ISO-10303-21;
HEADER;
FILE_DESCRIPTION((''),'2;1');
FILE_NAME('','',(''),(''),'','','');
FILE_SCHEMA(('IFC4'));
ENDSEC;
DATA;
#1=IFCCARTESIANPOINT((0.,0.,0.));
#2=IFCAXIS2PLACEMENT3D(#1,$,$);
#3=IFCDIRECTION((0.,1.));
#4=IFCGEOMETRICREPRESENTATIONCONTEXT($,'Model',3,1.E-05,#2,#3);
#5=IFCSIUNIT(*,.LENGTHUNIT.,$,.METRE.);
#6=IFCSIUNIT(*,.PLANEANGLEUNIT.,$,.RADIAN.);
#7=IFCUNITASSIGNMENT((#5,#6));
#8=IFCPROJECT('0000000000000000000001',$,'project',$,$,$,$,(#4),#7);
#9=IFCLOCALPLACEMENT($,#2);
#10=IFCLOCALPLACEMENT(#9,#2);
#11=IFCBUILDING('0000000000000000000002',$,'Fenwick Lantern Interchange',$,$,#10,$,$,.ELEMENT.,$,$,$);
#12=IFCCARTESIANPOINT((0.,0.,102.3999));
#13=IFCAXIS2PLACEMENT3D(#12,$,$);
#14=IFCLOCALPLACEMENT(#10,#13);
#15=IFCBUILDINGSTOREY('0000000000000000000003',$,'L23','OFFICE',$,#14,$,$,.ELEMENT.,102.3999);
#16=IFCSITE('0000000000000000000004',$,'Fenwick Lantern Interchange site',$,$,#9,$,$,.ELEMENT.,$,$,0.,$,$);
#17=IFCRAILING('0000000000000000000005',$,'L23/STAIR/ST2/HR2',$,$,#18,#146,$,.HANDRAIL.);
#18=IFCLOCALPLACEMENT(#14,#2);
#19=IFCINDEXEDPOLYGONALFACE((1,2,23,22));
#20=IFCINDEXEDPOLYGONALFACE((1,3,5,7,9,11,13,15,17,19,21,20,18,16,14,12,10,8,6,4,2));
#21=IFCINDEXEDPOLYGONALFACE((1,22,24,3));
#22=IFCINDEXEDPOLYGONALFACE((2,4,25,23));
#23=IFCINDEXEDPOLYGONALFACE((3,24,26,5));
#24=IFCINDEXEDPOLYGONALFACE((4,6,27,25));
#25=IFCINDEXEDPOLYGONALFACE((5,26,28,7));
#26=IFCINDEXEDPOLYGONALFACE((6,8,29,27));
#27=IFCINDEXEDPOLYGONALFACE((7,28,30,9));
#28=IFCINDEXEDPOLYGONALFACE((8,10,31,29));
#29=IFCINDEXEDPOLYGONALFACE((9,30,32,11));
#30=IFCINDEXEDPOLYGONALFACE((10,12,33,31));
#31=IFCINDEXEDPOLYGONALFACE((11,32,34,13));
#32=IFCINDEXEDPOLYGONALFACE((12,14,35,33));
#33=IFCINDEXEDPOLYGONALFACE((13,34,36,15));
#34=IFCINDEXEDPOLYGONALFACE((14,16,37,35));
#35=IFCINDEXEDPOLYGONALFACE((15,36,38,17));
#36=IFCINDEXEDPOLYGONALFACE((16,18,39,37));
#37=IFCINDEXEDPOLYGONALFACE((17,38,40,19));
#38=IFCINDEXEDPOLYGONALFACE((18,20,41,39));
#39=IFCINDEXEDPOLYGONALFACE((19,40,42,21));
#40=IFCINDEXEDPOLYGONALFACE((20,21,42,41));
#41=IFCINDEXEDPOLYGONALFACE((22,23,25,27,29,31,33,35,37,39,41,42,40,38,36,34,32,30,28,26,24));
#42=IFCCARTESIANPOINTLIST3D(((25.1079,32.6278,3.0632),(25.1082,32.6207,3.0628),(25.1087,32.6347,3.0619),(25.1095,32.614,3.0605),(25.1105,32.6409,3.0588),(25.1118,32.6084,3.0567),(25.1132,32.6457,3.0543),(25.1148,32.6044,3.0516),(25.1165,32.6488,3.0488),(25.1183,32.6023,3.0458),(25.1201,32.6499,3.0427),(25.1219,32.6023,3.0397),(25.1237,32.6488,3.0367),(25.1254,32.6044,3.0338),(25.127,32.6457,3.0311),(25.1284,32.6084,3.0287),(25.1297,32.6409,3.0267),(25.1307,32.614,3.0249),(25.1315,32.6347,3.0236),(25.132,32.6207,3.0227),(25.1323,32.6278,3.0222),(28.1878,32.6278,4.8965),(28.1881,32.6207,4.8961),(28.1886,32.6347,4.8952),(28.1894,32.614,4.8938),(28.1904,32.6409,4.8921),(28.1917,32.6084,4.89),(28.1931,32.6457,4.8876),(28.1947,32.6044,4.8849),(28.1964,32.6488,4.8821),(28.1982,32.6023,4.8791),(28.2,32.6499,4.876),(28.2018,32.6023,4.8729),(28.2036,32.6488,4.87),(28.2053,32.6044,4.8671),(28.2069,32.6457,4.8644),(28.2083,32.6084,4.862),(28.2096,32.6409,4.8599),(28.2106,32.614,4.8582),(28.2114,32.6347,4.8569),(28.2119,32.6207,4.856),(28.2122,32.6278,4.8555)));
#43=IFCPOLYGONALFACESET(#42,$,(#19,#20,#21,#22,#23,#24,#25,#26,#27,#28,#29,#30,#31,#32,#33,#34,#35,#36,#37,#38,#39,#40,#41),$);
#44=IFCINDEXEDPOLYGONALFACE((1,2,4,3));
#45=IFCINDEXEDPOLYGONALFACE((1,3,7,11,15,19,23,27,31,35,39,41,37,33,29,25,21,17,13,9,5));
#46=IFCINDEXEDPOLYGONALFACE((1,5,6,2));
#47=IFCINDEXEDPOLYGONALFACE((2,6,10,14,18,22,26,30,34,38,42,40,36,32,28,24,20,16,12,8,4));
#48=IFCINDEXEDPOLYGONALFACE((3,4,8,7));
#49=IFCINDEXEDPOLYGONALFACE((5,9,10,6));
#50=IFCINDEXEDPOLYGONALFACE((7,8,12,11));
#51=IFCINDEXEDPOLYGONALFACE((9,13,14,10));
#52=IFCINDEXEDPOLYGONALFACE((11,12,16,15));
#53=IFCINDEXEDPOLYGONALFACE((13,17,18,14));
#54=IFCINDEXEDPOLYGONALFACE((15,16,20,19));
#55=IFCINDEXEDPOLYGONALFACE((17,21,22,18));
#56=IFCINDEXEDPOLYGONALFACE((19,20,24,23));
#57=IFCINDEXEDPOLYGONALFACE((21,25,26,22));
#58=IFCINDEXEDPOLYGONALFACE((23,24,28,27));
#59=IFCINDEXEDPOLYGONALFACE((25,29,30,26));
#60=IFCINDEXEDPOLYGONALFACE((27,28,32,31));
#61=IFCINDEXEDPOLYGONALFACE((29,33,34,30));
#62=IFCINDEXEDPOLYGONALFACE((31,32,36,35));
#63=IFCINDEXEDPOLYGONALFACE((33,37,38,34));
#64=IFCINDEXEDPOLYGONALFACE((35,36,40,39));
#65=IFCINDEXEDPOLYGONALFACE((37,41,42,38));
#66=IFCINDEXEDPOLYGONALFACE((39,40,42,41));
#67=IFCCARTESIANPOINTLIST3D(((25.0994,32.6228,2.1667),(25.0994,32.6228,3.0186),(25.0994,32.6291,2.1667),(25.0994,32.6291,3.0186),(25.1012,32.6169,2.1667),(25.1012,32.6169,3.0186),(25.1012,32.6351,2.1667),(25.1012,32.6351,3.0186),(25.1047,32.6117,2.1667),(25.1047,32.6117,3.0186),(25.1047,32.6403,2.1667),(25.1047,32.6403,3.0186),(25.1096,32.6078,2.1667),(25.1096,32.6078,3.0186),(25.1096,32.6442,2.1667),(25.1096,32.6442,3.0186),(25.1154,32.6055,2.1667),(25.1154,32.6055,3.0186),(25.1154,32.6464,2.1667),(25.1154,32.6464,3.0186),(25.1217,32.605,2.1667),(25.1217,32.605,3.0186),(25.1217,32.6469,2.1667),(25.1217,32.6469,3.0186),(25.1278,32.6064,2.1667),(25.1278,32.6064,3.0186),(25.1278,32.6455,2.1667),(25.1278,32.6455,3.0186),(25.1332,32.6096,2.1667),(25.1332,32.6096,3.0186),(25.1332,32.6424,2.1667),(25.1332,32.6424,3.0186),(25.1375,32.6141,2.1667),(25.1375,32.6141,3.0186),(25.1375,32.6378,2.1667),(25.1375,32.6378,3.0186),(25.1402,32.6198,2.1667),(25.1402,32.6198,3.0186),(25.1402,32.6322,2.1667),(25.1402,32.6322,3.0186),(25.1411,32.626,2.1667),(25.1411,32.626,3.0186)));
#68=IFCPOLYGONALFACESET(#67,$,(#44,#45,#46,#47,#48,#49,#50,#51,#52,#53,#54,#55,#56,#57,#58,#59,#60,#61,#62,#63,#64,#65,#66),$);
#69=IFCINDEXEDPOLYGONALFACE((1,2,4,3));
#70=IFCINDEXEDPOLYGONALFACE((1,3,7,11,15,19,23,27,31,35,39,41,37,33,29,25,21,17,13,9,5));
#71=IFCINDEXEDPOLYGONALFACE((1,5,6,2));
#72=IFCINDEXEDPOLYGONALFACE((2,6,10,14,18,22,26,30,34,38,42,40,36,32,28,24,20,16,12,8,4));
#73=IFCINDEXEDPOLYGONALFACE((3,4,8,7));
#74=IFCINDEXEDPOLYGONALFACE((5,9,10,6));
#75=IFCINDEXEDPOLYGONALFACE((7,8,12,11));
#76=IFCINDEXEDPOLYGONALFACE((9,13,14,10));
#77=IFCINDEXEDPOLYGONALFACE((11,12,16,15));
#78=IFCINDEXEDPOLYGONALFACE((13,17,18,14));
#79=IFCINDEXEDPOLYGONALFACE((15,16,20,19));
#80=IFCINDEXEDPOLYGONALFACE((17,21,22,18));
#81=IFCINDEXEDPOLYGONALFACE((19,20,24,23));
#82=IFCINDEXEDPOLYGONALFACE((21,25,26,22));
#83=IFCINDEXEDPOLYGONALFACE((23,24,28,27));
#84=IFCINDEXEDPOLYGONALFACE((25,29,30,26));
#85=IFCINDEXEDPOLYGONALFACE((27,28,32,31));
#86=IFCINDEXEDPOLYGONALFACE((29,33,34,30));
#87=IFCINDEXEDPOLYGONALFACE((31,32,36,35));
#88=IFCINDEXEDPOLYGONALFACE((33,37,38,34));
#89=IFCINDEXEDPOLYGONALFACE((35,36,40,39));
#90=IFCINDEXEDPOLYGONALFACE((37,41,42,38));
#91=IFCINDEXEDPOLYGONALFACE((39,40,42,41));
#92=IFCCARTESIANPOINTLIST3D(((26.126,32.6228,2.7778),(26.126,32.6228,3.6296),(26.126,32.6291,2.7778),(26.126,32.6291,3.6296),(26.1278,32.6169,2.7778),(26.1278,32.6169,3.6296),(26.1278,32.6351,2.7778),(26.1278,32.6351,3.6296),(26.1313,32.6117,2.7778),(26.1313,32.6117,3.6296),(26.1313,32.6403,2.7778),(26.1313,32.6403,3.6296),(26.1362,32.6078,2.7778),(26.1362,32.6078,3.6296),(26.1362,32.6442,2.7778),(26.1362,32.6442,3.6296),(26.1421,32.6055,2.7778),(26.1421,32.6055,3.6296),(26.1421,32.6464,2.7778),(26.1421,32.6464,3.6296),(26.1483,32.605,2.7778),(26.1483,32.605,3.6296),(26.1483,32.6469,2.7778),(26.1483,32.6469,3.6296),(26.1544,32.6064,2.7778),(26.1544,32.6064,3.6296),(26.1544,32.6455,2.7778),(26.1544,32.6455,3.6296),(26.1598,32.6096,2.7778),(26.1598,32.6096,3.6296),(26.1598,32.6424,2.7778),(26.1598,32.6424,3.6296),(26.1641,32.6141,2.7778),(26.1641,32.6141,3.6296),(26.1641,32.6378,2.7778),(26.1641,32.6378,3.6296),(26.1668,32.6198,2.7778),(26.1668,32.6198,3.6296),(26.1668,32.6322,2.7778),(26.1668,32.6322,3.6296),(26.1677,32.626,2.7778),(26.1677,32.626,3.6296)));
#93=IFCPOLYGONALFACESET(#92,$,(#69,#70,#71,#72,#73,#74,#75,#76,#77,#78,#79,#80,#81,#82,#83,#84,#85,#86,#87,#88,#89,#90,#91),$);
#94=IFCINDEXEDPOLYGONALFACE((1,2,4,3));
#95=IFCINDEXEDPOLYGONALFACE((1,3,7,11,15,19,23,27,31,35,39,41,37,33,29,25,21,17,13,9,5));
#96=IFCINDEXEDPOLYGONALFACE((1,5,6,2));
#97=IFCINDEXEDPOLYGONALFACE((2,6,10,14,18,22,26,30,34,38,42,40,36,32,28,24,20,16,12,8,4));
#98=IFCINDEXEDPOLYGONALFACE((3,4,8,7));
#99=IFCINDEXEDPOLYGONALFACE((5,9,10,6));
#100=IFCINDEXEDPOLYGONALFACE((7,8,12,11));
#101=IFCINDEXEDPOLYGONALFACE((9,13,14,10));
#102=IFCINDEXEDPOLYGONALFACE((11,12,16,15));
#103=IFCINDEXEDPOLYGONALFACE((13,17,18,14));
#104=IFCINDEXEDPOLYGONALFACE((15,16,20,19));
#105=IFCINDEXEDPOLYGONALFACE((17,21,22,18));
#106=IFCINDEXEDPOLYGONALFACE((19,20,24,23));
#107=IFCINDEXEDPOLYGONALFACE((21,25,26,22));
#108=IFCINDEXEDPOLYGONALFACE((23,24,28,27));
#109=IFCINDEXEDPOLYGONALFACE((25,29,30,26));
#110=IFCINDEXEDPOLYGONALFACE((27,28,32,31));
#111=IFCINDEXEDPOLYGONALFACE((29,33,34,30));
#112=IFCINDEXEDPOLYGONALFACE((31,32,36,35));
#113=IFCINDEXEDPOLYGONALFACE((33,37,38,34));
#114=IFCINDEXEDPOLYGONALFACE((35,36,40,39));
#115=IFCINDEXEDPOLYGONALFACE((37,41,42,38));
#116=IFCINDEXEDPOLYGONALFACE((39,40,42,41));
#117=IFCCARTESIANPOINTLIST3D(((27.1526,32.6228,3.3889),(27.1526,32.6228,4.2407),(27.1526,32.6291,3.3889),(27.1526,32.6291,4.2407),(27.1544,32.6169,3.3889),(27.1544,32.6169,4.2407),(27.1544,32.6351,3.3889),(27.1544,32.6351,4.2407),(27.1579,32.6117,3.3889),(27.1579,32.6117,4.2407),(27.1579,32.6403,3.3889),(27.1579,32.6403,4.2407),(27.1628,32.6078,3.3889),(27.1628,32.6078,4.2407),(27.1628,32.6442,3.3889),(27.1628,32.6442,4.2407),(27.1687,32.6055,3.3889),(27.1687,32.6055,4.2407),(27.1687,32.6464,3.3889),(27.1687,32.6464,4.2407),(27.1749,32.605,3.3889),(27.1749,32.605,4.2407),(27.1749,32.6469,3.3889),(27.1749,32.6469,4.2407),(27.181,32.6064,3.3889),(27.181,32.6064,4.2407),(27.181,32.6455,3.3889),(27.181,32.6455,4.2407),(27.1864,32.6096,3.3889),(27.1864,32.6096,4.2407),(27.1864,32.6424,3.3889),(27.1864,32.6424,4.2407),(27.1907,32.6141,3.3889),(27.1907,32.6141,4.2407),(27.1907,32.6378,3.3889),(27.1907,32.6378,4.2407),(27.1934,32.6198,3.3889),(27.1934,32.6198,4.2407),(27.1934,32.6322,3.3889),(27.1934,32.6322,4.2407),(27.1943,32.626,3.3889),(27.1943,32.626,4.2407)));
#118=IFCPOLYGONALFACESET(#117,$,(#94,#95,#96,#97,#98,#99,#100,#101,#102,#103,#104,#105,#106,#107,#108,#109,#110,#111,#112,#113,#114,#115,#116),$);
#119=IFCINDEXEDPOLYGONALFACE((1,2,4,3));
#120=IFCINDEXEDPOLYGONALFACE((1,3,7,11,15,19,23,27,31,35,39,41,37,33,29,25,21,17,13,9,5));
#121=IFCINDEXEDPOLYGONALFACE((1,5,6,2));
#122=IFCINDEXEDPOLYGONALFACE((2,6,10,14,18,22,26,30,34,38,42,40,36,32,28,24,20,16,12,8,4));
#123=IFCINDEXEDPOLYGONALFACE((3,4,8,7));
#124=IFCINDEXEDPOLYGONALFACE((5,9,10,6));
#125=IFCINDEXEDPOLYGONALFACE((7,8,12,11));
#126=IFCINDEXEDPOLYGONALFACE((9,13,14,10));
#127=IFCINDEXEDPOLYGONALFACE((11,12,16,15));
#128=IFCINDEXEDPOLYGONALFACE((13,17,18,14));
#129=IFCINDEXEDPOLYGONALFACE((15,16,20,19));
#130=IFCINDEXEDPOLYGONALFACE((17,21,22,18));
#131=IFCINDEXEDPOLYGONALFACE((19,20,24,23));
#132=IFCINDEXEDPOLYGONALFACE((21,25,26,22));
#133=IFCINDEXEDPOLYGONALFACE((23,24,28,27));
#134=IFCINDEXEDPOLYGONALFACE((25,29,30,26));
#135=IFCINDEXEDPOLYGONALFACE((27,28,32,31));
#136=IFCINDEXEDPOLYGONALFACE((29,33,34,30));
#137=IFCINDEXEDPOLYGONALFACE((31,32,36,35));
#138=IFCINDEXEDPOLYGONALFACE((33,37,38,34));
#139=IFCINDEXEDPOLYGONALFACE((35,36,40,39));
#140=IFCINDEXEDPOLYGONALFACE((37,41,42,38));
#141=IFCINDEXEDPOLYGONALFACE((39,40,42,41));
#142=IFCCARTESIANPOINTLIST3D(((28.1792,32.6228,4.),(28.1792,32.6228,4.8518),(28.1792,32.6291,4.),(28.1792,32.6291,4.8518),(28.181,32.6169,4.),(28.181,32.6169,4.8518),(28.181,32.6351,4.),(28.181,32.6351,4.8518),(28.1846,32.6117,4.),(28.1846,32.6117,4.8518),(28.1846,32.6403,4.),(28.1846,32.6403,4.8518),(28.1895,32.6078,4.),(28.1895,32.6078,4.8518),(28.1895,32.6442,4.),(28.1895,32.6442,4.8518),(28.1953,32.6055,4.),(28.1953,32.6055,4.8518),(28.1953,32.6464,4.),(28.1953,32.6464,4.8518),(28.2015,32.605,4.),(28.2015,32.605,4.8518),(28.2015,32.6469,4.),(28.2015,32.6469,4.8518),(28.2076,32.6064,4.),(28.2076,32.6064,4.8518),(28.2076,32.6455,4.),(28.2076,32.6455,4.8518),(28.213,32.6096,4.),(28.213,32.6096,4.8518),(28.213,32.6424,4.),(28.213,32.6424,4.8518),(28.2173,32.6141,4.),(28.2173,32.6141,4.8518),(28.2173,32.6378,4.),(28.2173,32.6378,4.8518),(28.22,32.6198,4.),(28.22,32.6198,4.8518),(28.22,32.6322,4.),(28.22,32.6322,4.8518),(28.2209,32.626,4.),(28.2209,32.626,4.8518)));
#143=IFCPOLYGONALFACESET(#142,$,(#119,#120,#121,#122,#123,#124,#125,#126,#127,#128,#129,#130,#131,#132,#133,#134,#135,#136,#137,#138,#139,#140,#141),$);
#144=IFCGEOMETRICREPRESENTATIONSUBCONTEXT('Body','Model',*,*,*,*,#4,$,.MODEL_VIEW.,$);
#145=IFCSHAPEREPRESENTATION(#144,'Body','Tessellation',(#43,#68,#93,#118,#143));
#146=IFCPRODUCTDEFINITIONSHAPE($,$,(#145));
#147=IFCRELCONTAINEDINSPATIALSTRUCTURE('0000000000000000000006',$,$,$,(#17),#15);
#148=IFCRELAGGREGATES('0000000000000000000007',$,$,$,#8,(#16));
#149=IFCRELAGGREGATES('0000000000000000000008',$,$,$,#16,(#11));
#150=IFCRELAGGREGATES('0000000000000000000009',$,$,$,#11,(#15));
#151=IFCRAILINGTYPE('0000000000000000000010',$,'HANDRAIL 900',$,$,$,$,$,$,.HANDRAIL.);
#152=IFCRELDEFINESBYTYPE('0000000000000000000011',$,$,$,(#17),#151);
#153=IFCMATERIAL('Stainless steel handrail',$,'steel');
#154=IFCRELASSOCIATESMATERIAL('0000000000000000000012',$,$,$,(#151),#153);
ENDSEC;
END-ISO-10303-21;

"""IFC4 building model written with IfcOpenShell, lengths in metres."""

from ifc_helpers import new_model, si_unit, direction, frame, origin, origin_2d, place, context, subcontext, project, spatial, circle, extrude, material, type_object, element, save


model = new_model("IFC4")

# Units and contexts
model_context = context("Model", 3, precision=1e-05, world=origin(), true_north=direction((0.0, 1.0)))
body_context = subcontext(model_context, "Body", "Model", "MODEL_VIEW")
ifc_project = project(units=[si_unit("LENGTHUNIT", "METRE"), si_unit("PLANEANGLEUNIT", "RADIAN")], contexts=[model_context])

# Site, building, storey
site_placement = place(None, origin())
site = spatial("IfcSite", under=ifc_project, at=site_placement, Name="Fenwick Lantern Interchange site", CompositionType="ELEMENT", RefElevation=0.0)
building_placement = place(site_placement, origin())
building = spatial("IfcBuilding", under=site, at=building_placement, Name="Fenwick Lantern Interchange", CompositionType="ELEMENT")
storey_placement = place(building_placement, frame((0.0, 0.0, 102.3999)))
storey = spatial("IfcBuildingStorey", under=building, at=storey_placement, Name="L23", Description="OFFICE", CompositionType="ELEMENT", Elevation=102.3999)

# Railing
ifc_material_1 = material(Name="Stainless steel handrail", Category="steel")
railing_type = type_object("IfcRailingType", Name="HANDRAIL 900", PredefinedType="HANDRAIL", material=ifc_material_1)
railing_1_placement = place(storey_placement, frame((25.1201, 32.626, 2.1667)))
element("IfcRailing", 1, at=railing_1_placement, inside=storey, type_object=railing_type, Name="L23/STAIR/ST2/HR2", PredefinedType="HANDRAIL", context=body_context, shape_type="SweptSolid", body=[
    extrude(circle(Radius=0.0239, at=origin_2d()), frame((0.0, 0.0, 0.876), z_axis=(0.859291, 0.0, 0.511487), x_axis=(0.0, 1.0, 0.0)), (0.0, 0.0, 1.0), 3.5842),
    extrude(circle(Radius=0.021, at=origin_2d()), origin(), (0.0, 0.0, 1.0), 0.8518),
    extrude(circle(Radius=0.021, at=origin_2d()), frame((1.0266, 0.0, 0.6111)), (0.0, 0.0, 1.0), 0.8518),
    extrude(circle(Radius=0.021, at=origin_2d()), frame((2.0532, 0.0, 1.2222)), (0.0, 0.0, 1.0), 0.8518),
    extrude(circle(Radius=0.021, at=origin_2d()), frame((3.0798, 0.0, 1.8333)), (0.0, 0.0, 1.0), 0.8518),
])

save(model, "model.ifc")
